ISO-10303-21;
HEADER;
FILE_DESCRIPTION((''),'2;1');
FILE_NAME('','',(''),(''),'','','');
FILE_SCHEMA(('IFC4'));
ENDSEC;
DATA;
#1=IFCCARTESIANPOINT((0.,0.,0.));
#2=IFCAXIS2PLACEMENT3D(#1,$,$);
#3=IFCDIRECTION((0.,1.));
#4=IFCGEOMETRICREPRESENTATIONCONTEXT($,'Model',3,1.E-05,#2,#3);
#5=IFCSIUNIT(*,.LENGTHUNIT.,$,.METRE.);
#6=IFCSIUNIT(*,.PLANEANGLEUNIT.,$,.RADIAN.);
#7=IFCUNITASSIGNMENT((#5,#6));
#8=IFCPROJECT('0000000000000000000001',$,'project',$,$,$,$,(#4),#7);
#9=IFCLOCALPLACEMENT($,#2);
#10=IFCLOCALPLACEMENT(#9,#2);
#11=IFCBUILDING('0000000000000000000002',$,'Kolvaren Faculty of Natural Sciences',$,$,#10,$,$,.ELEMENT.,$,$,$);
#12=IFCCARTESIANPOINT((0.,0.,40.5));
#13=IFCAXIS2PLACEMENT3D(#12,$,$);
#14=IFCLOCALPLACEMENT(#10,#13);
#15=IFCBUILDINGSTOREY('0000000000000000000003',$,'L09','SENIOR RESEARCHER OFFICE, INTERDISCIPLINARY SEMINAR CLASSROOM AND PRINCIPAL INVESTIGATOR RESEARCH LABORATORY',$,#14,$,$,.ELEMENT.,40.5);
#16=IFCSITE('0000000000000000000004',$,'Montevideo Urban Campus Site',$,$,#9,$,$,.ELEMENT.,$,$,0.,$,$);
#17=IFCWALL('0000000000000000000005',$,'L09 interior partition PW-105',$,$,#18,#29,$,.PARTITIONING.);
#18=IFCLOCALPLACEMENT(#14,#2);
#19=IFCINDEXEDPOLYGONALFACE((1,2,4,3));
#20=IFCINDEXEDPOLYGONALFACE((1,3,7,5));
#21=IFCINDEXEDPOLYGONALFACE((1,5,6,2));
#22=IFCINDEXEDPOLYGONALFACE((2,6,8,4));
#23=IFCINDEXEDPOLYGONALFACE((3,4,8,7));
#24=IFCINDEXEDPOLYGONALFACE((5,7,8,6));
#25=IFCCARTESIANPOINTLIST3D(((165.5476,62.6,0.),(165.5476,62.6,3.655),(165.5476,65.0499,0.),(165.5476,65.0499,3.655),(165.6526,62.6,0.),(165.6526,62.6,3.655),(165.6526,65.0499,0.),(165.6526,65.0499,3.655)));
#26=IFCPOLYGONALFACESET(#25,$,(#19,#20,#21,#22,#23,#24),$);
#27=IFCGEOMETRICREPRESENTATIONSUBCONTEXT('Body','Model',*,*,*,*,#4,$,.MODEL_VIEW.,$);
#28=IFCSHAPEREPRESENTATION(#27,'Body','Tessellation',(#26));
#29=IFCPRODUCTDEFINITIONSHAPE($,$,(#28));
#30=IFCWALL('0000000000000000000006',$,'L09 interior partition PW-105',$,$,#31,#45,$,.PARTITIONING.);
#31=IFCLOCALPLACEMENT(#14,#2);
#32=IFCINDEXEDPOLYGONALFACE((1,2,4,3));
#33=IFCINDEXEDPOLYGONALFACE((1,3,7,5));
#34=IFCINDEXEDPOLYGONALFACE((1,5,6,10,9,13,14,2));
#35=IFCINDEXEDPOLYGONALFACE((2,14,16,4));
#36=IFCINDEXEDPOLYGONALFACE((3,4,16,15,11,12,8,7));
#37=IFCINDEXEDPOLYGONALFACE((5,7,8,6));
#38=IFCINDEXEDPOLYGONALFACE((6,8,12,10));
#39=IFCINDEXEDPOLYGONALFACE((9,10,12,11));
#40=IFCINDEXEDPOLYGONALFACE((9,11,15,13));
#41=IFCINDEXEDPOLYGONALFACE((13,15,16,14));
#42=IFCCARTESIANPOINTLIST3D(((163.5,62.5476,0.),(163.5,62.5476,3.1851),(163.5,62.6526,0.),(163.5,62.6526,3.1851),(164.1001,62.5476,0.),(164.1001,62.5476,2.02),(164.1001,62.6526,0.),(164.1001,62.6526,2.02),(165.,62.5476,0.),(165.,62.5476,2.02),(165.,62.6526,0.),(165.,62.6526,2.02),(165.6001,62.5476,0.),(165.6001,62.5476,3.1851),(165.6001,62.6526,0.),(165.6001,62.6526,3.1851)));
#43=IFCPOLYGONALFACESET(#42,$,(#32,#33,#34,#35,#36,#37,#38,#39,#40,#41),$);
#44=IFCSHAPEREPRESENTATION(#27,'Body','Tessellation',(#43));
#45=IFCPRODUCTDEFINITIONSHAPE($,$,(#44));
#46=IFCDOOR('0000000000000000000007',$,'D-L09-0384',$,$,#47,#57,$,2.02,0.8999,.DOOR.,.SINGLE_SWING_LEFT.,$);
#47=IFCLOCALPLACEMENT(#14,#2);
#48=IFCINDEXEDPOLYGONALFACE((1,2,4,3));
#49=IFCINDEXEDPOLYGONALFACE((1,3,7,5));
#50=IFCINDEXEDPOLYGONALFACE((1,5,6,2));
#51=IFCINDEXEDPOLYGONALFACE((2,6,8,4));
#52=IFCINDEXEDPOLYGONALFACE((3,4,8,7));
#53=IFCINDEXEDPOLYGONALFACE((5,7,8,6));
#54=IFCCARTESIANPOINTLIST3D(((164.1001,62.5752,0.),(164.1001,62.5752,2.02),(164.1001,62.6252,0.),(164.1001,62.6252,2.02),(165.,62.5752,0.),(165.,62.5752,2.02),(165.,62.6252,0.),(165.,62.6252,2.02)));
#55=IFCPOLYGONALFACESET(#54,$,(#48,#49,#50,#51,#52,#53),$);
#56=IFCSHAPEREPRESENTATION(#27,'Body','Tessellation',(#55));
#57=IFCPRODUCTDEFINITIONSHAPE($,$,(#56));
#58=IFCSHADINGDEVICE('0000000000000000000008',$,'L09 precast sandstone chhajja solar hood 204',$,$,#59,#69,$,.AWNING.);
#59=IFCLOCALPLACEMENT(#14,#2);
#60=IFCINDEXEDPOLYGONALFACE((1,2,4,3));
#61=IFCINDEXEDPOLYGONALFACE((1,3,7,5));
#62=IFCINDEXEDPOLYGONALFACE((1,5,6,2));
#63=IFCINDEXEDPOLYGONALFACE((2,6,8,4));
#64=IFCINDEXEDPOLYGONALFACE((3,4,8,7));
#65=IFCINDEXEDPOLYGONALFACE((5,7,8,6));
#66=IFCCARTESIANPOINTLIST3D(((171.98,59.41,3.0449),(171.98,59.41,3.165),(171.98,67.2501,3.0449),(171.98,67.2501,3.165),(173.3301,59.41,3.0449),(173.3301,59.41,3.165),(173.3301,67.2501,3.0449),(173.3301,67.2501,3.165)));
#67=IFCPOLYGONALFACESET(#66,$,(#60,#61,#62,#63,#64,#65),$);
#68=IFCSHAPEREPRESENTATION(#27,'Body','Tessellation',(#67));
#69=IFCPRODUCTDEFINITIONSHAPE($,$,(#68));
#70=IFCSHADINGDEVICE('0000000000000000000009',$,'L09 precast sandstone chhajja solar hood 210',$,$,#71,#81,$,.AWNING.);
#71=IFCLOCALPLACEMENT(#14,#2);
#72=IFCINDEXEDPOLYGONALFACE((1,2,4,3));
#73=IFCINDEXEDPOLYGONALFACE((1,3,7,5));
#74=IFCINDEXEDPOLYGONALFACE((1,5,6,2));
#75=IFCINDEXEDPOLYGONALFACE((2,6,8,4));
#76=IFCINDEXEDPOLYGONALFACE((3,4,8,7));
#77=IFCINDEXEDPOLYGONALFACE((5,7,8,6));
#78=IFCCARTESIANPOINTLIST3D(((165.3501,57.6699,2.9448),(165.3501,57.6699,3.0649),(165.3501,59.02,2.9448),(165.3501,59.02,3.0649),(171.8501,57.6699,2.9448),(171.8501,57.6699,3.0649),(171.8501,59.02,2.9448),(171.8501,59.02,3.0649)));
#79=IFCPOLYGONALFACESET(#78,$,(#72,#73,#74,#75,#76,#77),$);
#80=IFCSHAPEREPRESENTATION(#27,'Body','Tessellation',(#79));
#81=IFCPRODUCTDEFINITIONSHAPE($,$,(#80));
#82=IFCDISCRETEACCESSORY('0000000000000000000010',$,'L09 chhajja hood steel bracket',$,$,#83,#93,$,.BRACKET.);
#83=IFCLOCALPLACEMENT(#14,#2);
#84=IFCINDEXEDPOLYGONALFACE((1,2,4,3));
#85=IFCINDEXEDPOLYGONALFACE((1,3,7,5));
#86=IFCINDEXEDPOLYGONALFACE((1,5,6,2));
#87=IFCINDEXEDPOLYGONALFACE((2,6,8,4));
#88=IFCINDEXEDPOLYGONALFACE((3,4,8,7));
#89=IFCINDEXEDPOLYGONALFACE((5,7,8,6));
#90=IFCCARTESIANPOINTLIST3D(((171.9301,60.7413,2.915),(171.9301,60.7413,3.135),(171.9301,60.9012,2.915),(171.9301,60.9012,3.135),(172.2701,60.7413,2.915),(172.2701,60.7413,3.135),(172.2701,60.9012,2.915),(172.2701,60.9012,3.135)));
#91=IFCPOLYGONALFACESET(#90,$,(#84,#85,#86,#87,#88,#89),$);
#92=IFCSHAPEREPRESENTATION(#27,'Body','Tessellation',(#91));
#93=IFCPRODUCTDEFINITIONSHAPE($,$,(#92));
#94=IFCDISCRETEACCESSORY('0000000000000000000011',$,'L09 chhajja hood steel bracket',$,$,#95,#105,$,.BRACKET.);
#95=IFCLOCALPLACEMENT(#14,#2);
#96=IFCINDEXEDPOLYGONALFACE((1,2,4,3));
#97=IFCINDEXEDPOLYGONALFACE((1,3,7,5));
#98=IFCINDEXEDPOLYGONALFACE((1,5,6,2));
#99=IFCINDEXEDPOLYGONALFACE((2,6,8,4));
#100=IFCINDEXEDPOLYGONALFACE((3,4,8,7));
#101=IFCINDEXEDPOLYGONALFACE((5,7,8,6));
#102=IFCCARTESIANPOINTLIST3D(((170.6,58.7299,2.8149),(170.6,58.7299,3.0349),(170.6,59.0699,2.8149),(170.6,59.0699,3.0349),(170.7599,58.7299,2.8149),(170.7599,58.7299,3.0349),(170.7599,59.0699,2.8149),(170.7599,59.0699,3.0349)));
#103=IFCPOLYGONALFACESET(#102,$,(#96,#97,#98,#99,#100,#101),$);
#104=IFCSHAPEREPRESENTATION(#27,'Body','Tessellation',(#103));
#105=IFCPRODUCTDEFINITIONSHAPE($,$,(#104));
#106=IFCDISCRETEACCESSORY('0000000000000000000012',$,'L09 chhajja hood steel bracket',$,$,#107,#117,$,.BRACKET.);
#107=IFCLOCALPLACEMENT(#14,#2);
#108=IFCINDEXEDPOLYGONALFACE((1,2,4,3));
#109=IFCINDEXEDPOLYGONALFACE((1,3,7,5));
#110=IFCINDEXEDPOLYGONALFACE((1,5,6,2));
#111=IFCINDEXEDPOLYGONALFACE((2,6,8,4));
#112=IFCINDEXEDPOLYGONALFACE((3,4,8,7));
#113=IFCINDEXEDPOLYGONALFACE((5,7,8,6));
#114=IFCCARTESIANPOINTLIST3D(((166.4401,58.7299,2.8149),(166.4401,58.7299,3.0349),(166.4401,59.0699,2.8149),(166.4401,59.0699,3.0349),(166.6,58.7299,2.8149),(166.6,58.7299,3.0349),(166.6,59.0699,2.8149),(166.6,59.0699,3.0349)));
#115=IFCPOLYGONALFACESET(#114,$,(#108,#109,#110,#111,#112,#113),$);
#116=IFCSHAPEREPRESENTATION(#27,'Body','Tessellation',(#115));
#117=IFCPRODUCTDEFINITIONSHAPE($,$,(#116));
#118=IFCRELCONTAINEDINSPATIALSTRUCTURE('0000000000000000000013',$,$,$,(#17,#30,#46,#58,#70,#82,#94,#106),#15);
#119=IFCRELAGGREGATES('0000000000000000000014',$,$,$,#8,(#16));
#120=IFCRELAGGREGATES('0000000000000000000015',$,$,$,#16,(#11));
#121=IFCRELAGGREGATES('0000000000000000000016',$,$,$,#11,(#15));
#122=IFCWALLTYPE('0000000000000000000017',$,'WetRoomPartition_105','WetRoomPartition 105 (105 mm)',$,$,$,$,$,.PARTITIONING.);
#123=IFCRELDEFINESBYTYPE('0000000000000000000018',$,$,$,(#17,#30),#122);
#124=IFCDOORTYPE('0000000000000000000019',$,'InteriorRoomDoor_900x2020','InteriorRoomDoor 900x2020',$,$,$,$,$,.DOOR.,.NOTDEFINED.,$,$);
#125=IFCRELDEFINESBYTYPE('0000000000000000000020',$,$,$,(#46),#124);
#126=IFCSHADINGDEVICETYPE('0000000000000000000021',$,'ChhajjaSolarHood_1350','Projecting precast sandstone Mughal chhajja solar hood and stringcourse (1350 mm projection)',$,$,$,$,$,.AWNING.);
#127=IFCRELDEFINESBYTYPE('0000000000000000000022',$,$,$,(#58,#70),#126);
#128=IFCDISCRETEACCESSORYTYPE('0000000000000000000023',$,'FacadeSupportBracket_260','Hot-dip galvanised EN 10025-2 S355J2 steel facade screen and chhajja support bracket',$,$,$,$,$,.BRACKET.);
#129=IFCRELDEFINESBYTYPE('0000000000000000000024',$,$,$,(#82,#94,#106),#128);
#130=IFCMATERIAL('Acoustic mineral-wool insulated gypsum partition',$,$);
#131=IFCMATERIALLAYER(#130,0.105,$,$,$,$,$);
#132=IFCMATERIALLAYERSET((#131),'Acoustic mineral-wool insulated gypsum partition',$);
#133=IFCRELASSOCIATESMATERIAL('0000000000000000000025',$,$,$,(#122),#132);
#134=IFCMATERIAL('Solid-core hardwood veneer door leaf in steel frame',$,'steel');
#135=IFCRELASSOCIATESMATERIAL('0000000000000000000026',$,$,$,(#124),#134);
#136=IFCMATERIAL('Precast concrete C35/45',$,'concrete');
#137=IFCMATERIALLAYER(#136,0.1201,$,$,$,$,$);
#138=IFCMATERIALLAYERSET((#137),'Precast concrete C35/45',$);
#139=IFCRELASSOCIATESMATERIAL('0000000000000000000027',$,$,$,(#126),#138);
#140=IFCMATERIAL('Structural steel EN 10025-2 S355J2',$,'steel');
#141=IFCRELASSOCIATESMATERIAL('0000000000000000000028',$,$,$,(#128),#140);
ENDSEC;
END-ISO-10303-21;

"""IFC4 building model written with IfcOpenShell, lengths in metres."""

from ifc_helpers import new_model, si_unit, direction, frame, frame_2d, origin, origin_2d, place, context, subcontext, project, spatial, rectangle, extrude, material, layer, layer_set, type_object, element, fill, save


model = new_model("IFC4")

# Units and contexts
model_context = context("Model", 3, precision=1e-05, world=origin(), true_north=direction((0.0, 1.0)))
body_context = subcontext(model_context, "Body", "Model", "MODEL_VIEW")
ifc_project = project(units=[si_unit("LENGTHUNIT", "METRE"), si_unit("PLANEANGLEUNIT", "RADIAN")], contexts=[model_context])

# Site, building, storey
site_placement = place(None, origin())
site = spatial("IfcSite", under=ifc_project, at=site_placement, Name="Montevideo Urban Campus Site", CompositionType="ELEMENT", RefElevation=0.0)
building_placement = place(site_placement, origin())
building = spatial("IfcBuilding", under=site, at=building_placement, Name="Kolvaren Faculty of Natural Sciences", CompositionType="ELEMENT")
storey_placement = place(building_placement, frame((0.0, 0.0, 40.5)))
storey = spatial("IfcBuildingStorey", under=building, at=storey_placement, Name="L09", Description="SENIOR RESEARCHER OFFICE, INTERDISCIPLINARY SEMINAR CLASSROOM AND PRINCIPAL INVESTIGATOR RESEARCH LABORATORY", CompositionType="ELEMENT", Elevation=40.5)

# Shared definitions
ifc_material_1 = material(Name="Precast concrete C35/45", Category="concrete")

# Shared definitions
ifc_material_2 = material(Name="Acoustic mineral-wool insulated gypsum partition")
ifc_material_3 = material(Name="Solid-core hardwood veneer door leaf in steel frame", Category="steel")

# Wall
ifc_layer_1 = layer(ifc_material_2, 0.105)
ifc_layer_set_1 = layer_set([ifc_layer_1], Name="Acoustic mineral-wool insulated gypsum partition")
wall_type_1 = type_object("IfcWallType", Name="WetRoomPartition_105", Description="WetRoomPartition 105 (105 mm)", PredefinedType="PARTITIONING", material=ifc_layer_set_1)
wall_1_placement = place(storey_placement, frame((165.6001, 65.05, 0.0), z_axis=(0.0, 0.0, 1.0), x_axis=(0.0, -1.0, 0.0)))
element("IfcWall", 1, at=wall_1_placement, inside=storey, type_object=wall_type_1, Name="L09 interior partition PW-105", PredefinedType="PARTITIONING", context=body_context, shape_type="SweptSolid", body=[
    extrude(rectangle(XDim=2.45, YDim=0.105, at=frame_2d((1.2251, 0.0))), origin(), (0.0, 0.0, 1.0), 3.655),
])

# Wall, opening, door
wall_2_placement = place(storey_placement, frame((165.6001, 62.6001, 0.0), z_axis=(0.0, 0.0, 1.0), x_axis=(-1.0, 0.0, 0.0)))
wall_2 = element("IfcWall", 2, at=wall_2_placement, inside=storey, type_object=wall_type_1, Name="L09 interior partition PW-105", PredefinedType="PARTITIONING", context=body_context, shape_type="SweptSolid", body=[
    extrude(rectangle(XDim=2.1001, YDim=0.105, at=frame_2d((1.05, 0.0))), origin(), (0.0, 0.0, 1.0), 3.1851),
])
opening_1_placement = place(wall_2_placement, frame((0.6001, 0.0, 0.0)))
opening_1 = element("IfcOpeningElement", 3, at=opening_1_placement, cuts=wall_2, PredefinedType="OPENING", context=body_context, shape_type="SweptSolid", body=[
    extrude(rectangle(XDim=0.8999, YDim=2.02, at=frame_2d((0.45, 1.01))), frame((0.0, 0.0625, 0.0), z_axis=(0.0, -1.0, 0.0), x_axis=(1.0, 0.0, 0.0)), (0.0, 0.0, 1.0), 0.125),
])
door_type_1 = type_object("IfcDoorType", Name="InteriorRoomDoor_900x2020", Description="InteriorRoomDoor 900x2020", OperationType="NOTDEFINED", PredefinedType="DOOR", material=ifc_material_3)
door_1_placement = place(opening_1_placement, origin())
door_1 = element("IfcDoor", 4, at=door_1_placement, inside=storey, type_object=door_type_1, Name="D-L09-0384", OperationType="SINGLE_SWING_LEFT", OverallHeight=2.02, OverallWidth=0.8999, PredefinedType="DOOR", context=body_context, shape_type="SweptSolid", body=[
    extrude(rectangle(XDim=0.8999, YDim=2.02, at=frame_2d((0.45, 1.01))), frame((0.0, 0.0249, 0.0), z_axis=(0.0, -1.0, 0.0), x_axis=(1.0, 0.0, 0.0)), (0.0, 0.0, 1.0), 0.05),
])
fill(opening_1, door_1)

# Shading devices
ifc_layer_2 = layer(ifc_material_1, 0.1201)
ifc_layer_set_2 = layer_set([ifc_layer_2], Name="Precast concrete C35/45")
shading_device_type = type_object("IfcShadingDeviceType", Name="ChhajjaSolarHood_1350", Description="Projecting precast sandstone Mughal chhajja solar hood and stringcourse (1350 mm projection)", PredefinedType="AWNING", material=ifc_layer_set_2)
shading_device_1_placement = place(storey_placement, frame((172.655, 63.3301, 3.0449), z_axis=(0.0, 0.0, 1.0), x_axis=(0.0, -1.0, 0.0)))
element("IfcShadingDevice", 5, at=shading_device_1_placement, inside=storey, type_object=shading_device_type, Name="L09 precast sandstone chhajja solar hood 204", PredefinedType="AWNING", context=body_context, shape_type="SweptSolid", body=[
    extrude(rectangle(XDim=7.8401, YDim=1.3501, at=origin_2d()), origin(), (0.0, 0.0, 1.0), 0.1201),
])
shading_device_2_placement = place(storey_placement, frame((168.6001, 58.345, 2.9448), z_axis=(0.0, 0.0, 1.0), x_axis=(-1.0, 0.0, 0.0)))
element("IfcShadingDevice", 6, at=shading_device_2_placement, inside=storey, type_object=shading_device_type, Name="L09 precast sandstone chhajja solar hood 210", PredefinedType="AWNING", context=body_context, shape_type="SweptSolid", body=[
    extrude(rectangle(XDim=6.5, YDim=1.3501, at=origin_2d()), origin(), (0.0, 0.0, 1.0), 0.1201),
])

# Discrete accessories
ifc_material_4 = material(Name="Structural steel EN 10025-2 S355J2", Category="steel")
discrete_accessory_type = type_object("IfcDiscreteAccessoryType", Name="FacadeSupportBracket_260", Description="Hot-dip galvanised EN 10025-2 S355J2 steel facade screen and chhajja support bracket", PredefinedType="BRACKET", material=ifc_material_4)
for number, where, z_axis, x_axis, name in (
    (7, (172.1001, 60.8213, 2.915), (0.0, 0.0, 1.0), (0.0, -1.0, 0.0), "L09 chhajja hood steel bracket"),
    (8, (170.6799, 58.8999, 2.8149), (0.0, 0.0, 1.0), (-1.0, 0.0, 0.0), "L09 chhajja hood steel bracket"),
    (9, (166.52, 58.8999, 2.8149), (0.0, 0.0, 1.0), (-1.0, 0.0, 0.0), "L09 chhajja hood steel bracket"),
):
    element("IfcDiscreteAccessory", number, at=place(storey_placement, frame(where, z_axis=z_axis, x_axis=x_axis)), inside=storey, type_object=discrete_accessory_type, Name=name, PredefinedType="BRACKET", context=body_context, shape_type="SweptSolid", body=[
        extrude(rectangle(XDim=0.1599, YDim=0.3401, at=origin_2d()), origin(), (0.0, 0.0, 1.0), 0.22),
    ])

save(model, "model.ifc")
